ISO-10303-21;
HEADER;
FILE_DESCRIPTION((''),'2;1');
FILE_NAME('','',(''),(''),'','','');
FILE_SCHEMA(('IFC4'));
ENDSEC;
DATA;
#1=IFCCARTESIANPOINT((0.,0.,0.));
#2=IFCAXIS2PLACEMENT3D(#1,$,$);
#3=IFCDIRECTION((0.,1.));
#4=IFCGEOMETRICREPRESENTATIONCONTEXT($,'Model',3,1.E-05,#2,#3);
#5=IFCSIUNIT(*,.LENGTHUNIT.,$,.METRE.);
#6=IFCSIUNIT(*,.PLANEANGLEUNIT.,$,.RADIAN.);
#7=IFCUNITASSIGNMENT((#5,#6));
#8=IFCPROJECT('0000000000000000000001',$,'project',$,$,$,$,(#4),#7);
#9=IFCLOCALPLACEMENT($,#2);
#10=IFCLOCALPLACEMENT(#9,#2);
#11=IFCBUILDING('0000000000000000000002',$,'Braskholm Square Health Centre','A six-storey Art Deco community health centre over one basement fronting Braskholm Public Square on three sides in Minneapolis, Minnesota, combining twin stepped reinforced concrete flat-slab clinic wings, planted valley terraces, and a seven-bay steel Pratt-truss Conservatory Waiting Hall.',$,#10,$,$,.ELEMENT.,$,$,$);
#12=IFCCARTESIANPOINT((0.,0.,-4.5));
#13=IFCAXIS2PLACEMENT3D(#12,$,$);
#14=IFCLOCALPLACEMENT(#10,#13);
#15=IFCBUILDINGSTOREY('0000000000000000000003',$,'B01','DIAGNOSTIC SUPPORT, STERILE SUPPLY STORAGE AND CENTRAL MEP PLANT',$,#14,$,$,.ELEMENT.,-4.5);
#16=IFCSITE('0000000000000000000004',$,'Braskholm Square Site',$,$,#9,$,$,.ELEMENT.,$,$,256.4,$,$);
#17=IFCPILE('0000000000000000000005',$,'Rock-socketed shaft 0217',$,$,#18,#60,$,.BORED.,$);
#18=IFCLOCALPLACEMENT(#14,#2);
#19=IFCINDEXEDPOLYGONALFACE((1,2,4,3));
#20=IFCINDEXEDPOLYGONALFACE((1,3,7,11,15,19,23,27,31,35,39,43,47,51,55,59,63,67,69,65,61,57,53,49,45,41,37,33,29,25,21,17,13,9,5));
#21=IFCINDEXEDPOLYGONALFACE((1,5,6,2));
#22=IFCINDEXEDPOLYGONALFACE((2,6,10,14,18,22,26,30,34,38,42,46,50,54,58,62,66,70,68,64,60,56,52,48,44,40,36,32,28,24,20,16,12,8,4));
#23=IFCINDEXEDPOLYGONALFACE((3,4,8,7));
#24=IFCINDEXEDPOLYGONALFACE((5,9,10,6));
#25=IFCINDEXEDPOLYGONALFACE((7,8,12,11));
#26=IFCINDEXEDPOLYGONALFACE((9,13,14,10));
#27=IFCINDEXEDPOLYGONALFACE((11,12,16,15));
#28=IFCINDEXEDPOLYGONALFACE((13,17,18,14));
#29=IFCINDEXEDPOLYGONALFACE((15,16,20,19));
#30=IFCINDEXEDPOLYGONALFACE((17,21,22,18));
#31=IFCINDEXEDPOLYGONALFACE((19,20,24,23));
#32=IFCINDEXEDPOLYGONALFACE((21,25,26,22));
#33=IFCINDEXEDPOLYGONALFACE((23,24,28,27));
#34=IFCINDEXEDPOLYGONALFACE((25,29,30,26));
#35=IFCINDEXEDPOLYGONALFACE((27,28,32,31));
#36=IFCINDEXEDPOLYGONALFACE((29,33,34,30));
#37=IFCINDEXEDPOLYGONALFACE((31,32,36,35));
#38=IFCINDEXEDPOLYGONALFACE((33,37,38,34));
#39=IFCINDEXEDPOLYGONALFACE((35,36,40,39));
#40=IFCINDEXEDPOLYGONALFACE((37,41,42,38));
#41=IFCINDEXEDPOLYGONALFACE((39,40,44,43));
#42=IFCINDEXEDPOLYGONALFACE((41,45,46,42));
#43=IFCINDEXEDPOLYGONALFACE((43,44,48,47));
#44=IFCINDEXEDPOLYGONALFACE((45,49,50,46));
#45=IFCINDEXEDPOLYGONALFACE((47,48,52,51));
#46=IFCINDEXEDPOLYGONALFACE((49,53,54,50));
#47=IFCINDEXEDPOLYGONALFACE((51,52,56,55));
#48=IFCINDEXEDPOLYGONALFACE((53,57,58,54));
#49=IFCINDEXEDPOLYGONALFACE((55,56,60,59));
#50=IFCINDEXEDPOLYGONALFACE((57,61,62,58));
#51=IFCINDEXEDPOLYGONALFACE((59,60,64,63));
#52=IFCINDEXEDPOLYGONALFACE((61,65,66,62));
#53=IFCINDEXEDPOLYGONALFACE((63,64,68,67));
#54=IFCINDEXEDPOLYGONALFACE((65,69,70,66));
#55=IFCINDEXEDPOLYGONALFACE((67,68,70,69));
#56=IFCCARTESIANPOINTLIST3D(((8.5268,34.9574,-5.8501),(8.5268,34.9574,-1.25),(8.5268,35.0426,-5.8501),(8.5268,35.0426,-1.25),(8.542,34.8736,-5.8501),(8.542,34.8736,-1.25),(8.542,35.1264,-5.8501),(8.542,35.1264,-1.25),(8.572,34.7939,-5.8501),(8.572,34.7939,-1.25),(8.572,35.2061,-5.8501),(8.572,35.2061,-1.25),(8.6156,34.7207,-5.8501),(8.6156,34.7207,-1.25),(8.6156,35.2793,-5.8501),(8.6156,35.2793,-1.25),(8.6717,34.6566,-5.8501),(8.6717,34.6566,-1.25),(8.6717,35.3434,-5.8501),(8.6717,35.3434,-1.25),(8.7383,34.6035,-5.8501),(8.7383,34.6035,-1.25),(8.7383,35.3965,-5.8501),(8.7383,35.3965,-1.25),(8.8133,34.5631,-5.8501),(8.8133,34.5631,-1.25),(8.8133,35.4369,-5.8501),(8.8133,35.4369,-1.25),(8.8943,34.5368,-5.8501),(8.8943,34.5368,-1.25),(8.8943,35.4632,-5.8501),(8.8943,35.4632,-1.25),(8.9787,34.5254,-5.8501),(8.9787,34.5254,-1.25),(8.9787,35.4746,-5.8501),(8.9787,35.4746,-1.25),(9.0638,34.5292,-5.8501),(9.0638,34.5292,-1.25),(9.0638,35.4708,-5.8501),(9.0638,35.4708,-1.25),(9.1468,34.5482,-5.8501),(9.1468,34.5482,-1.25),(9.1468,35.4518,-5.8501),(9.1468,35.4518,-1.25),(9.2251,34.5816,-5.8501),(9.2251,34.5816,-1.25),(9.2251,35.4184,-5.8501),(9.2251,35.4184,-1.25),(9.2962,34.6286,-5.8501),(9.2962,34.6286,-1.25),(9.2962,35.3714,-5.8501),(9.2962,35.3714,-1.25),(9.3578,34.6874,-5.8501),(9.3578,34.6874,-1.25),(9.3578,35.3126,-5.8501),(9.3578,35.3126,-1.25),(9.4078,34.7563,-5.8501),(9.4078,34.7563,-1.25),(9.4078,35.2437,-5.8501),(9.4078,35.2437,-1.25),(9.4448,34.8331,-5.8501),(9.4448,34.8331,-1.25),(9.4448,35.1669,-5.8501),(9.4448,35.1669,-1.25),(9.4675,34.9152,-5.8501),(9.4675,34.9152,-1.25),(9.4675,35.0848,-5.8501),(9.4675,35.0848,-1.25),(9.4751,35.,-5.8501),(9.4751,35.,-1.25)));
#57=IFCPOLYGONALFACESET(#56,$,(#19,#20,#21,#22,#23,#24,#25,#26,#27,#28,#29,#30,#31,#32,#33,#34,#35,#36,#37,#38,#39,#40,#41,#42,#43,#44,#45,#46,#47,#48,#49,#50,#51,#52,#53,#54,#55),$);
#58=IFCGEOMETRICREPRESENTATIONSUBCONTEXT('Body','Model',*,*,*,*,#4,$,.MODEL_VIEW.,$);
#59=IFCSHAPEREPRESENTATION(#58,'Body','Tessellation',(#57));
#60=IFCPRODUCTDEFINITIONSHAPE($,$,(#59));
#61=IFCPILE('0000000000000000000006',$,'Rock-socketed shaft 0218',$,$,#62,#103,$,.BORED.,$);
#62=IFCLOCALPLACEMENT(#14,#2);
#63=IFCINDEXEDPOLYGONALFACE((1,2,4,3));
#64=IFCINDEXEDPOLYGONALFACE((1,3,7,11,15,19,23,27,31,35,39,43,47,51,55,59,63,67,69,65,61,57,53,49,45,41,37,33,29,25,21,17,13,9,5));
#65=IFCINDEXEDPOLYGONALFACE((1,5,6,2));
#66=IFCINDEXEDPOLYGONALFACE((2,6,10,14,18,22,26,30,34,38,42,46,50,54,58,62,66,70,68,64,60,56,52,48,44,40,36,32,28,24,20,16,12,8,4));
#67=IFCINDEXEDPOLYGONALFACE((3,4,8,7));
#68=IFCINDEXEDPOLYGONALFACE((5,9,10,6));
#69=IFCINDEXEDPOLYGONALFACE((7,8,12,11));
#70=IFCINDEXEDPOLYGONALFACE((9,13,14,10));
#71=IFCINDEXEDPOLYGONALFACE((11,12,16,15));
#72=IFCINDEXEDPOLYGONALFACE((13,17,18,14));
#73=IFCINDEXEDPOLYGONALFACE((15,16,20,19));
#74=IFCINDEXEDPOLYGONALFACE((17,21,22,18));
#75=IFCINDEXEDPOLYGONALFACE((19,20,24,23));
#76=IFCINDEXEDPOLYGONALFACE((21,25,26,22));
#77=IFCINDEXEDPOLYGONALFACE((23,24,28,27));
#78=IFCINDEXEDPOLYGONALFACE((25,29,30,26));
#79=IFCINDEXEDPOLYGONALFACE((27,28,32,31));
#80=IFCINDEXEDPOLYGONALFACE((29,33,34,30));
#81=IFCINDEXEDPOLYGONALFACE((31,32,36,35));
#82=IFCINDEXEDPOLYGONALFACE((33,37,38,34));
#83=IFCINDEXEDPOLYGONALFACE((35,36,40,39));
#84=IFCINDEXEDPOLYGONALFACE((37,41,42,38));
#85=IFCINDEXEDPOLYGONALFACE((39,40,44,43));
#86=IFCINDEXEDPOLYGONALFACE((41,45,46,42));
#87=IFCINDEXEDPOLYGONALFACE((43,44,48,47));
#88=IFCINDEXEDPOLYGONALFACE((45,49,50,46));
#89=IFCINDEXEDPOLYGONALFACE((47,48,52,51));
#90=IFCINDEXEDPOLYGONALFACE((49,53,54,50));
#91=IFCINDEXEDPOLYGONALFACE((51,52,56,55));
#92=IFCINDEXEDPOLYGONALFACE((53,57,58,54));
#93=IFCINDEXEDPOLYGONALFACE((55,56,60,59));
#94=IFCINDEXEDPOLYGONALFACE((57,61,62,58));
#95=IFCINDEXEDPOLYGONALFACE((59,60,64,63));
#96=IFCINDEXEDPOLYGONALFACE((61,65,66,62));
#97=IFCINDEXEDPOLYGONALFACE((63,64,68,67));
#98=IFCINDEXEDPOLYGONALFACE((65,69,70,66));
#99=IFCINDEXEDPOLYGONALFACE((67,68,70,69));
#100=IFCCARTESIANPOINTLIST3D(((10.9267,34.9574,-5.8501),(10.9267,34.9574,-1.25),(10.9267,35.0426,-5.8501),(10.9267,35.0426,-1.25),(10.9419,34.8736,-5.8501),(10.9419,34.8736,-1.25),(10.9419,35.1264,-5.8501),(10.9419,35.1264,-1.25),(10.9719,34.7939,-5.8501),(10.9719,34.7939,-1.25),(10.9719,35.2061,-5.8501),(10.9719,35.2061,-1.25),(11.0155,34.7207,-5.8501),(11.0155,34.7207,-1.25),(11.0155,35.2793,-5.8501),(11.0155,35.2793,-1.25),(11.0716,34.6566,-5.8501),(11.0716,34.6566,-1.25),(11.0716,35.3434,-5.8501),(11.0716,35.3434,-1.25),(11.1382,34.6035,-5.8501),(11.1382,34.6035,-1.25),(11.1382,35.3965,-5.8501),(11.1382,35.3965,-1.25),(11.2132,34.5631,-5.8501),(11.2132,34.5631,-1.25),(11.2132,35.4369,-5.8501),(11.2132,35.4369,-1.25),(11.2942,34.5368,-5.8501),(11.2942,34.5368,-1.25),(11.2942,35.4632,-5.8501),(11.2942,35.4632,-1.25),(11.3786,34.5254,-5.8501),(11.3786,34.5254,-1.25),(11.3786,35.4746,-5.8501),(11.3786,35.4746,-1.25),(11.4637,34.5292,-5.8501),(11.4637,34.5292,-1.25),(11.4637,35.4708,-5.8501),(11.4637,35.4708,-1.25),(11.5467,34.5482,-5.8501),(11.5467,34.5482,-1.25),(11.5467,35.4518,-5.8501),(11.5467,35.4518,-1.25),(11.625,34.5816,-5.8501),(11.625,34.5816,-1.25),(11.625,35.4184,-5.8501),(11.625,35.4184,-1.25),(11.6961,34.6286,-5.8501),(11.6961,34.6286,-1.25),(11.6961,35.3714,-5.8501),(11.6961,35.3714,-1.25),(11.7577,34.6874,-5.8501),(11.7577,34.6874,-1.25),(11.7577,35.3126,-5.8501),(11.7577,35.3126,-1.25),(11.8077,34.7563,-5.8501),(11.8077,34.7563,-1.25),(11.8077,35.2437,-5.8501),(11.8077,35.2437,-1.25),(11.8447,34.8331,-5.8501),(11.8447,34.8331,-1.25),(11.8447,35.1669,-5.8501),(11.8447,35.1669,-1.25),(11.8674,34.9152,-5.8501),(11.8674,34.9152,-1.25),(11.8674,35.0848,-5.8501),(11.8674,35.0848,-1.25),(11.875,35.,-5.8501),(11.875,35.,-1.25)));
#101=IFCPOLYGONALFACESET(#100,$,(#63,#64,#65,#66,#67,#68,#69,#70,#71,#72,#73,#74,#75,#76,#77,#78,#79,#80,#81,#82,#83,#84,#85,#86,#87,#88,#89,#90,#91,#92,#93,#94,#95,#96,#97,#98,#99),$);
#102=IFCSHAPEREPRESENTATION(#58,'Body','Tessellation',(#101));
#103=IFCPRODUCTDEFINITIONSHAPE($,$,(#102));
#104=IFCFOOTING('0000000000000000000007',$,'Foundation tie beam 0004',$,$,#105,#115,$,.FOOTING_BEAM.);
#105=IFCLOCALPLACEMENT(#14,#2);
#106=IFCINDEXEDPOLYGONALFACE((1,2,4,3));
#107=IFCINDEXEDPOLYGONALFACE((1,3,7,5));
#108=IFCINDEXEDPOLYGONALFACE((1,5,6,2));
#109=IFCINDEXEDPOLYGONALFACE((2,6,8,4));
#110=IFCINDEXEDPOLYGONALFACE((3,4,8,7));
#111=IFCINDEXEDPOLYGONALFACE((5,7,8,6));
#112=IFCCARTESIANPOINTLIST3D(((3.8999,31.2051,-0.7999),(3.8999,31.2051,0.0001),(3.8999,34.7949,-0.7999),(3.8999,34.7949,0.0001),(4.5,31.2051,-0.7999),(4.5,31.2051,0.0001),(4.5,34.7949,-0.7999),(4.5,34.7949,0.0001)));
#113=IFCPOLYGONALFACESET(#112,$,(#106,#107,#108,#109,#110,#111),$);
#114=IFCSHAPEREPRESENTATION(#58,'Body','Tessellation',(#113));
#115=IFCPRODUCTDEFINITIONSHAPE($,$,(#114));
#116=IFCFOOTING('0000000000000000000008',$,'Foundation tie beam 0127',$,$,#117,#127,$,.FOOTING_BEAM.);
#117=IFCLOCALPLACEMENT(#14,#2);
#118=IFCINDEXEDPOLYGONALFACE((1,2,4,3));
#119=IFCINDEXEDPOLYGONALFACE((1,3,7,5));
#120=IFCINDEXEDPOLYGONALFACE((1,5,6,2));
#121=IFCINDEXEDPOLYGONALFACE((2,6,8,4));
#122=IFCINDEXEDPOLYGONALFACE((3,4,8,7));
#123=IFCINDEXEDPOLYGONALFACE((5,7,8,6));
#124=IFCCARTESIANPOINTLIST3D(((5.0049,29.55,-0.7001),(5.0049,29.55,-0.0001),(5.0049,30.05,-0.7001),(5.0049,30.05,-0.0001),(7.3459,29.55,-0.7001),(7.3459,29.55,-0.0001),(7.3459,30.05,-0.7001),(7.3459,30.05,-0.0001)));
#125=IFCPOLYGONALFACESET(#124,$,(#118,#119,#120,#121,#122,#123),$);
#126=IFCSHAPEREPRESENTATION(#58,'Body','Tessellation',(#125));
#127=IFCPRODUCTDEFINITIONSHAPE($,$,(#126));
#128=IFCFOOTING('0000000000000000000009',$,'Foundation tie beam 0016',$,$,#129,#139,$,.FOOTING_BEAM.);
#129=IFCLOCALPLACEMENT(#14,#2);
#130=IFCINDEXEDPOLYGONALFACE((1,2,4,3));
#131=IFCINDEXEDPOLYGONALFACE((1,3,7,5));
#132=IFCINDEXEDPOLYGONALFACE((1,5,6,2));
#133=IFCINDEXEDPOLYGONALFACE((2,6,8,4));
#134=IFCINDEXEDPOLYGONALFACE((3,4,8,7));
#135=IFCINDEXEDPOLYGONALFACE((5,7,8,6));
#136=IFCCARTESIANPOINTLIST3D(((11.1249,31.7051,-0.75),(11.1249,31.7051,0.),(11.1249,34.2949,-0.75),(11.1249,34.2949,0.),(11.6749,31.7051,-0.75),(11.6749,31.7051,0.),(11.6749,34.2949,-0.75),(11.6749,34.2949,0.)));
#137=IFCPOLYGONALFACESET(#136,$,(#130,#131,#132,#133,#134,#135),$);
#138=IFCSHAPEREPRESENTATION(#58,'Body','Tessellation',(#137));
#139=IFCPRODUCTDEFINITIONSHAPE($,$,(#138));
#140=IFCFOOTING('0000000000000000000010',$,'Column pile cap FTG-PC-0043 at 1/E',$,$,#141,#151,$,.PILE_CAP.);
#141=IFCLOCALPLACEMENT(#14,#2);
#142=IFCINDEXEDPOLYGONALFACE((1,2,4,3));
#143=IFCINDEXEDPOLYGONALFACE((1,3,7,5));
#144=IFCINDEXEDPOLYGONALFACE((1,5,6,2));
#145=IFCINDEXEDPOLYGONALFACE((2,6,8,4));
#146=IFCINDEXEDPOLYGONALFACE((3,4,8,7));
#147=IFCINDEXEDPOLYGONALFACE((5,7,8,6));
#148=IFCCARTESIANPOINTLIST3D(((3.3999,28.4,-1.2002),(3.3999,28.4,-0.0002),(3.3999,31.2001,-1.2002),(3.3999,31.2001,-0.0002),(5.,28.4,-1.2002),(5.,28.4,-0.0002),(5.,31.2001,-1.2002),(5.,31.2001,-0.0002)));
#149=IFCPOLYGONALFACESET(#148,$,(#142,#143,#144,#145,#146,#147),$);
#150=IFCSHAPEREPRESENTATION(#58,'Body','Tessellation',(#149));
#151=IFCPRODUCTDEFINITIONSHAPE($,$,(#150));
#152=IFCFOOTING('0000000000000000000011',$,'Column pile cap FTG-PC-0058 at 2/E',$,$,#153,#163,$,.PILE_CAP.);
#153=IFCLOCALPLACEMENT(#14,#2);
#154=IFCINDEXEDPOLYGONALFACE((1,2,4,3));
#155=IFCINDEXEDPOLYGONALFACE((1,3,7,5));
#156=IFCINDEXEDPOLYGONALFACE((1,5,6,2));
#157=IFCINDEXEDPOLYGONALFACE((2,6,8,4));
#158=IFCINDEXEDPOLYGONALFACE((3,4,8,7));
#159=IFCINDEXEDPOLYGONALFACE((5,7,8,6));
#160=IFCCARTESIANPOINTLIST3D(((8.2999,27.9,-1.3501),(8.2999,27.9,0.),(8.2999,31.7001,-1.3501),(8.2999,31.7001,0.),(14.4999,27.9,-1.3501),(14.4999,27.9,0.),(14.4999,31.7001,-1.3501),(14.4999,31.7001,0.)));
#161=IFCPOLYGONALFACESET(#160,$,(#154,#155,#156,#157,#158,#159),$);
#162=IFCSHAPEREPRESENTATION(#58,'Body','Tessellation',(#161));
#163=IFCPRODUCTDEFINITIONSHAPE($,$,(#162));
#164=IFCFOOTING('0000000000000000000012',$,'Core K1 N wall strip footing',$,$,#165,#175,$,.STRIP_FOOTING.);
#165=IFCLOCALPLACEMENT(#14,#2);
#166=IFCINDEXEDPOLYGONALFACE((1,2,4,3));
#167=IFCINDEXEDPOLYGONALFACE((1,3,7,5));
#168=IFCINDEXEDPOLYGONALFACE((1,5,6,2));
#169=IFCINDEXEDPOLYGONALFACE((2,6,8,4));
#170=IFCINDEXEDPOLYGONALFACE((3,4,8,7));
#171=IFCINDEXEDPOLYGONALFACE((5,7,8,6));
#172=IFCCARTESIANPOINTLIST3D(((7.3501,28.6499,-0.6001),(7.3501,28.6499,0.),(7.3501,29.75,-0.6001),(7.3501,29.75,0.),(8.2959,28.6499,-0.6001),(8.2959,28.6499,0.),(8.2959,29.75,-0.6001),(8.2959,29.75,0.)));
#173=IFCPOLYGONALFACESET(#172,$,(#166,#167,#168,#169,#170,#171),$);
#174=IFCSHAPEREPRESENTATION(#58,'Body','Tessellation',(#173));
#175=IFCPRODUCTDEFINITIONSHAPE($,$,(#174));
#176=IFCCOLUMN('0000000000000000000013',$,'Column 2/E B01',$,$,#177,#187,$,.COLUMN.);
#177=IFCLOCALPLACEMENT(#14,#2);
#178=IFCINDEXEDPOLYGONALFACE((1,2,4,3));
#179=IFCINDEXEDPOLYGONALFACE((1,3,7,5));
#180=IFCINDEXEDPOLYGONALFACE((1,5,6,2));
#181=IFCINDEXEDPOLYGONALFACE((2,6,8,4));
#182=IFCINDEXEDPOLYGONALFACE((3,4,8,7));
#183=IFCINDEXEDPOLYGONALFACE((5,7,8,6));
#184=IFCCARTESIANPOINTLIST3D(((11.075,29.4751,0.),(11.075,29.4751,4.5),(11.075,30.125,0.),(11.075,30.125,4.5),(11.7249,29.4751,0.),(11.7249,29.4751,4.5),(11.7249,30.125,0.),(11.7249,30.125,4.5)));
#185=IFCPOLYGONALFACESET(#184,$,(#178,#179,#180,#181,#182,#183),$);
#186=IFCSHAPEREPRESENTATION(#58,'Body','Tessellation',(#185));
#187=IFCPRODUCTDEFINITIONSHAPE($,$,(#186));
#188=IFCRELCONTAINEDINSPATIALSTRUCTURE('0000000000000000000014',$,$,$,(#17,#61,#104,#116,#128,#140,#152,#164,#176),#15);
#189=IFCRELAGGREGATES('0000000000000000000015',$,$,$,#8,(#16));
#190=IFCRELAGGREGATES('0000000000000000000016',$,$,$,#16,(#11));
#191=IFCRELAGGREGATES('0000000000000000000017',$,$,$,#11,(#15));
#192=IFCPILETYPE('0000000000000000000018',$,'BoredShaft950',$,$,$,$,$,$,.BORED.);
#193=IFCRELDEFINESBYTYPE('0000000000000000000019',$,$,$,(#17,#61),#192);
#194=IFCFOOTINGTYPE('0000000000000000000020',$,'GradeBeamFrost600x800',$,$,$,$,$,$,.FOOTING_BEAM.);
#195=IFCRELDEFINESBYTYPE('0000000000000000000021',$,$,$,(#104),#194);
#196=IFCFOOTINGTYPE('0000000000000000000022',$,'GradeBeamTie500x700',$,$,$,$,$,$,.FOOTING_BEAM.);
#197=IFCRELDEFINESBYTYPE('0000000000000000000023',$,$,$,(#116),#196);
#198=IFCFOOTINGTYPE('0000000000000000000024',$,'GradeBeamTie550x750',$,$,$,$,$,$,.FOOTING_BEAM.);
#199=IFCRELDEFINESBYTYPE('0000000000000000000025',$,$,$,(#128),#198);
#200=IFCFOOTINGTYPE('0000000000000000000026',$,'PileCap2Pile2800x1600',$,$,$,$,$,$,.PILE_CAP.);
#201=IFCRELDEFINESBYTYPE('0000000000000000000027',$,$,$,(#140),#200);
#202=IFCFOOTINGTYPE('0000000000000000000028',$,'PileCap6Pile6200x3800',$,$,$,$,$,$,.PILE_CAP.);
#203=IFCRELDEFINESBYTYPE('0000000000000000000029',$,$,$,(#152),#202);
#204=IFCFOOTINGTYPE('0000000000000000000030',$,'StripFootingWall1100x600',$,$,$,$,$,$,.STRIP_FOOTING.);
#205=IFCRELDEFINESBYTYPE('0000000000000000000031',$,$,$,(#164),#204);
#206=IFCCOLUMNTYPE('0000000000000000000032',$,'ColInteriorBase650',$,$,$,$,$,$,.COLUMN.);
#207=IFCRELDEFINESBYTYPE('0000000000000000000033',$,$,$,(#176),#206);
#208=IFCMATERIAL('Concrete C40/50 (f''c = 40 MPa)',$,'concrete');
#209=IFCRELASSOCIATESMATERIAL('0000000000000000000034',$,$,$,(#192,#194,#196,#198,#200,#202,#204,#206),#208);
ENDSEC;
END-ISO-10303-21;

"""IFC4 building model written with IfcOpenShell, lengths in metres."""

from ifc_helpers import new_model, si_unit, direction, frame, origin, origin_2d, place, context, subcontext, project, spatial, rectangle, circle, extrude, material, material_profile, profile_set, type_object, element, save


model = new_model("IFC4")

# Units and contexts
model_context = context("Model", 3, precision=1e-05, world=origin(), true_north=direction((0.0, 1.0)))
body_context = subcontext(model_context, "Body", "Model", "MODEL_VIEW")
ifc_project = project(units=[si_unit("LENGTHUNIT", "METRE"), si_unit("PLANEANGLEUNIT", "RADIAN")], contexts=[model_context])

# Site, building, storey
site_placement = place(None, origin())
site = spatial("IfcSite", under=ifc_project, at=site_placement, Name="Braskholm Square Site", CompositionType="ELEMENT", RefElevation=256.4)
building_placement = place(site_placement, origin())
building = spatial("IfcBuilding", under=site, at=building_placement, Name="Braskholm Square Health Centre", Description="A six-storey Art Deco community health centre over one basement fronting Braskholm Public Square on three sides in Minneapolis, Minnesota, combining twin stepped reinforced concrete flat-slab clinic wings, planted valley terraces, and a seven-bay steel Pratt-truss Conservatory Waiting Hall.", CompositionType="ELEMENT")
storey_placement = place(building_placement, frame((0.0, 0.0, -4.5)))
storey = spatial("IfcBuildingStorey", under=building, at=storey_placement, Name="B01", Description="DIAGNOSTIC SUPPORT, STERILE SUPPLY STORAGE AND CENTRAL MEP PLANT", CompositionType="ELEMENT", Elevation=-4.5)

# Piles
ifc_material_1 = material(Name="Concrete C40/50 (f'c = 40 MPa)", Category="concrete")
ifc_material_profile_1 = material_profile(ifc_material_1, circle(Radius=0.4751, at=origin_2d()), Name="BORED-PILE-950")
ifc_profile_set_1 = profile_set([ifc_material_profile_1], Name="Concrete C40/50 (f'c = 40 MPa)")
pile_type_1 = type_object("IfcPileType", Name="BoredShaft950", PredefinedType="BORED", material=ifc_profile_set_1)
for number, where, z_axis, x_axis, name in (
    (1, (9.0, 35.0, -1.25), (0.0, 0.0, -1.0), (1.0, 0.0, 0.0), "Rock-socketed shaft 0217"),
    (2, (11.3999, 35.0, -1.25), (0.0, 0.0, -1.0), (1.0, 0.0, 0.0), "Rock-socketed shaft 0218"),
):
    element("IfcPile", number, at=place(storey_placement, frame(where, z_axis=z_axis, x_axis=x_axis)), inside=storey, type_object=pile_type_1, Name=name, PredefinedType="BORED", context=body_context, shape_type="SweptSolid", body=[
        extrude(circle(Radius=0.4751, at=origin_2d()), origin(), (0.0, 0.0, 1.0), 4.6001),
    ])

# Footings
ifc_material_profile_2 = material_profile(ifc_material_1, rectangle(XDim=0.6001, YDim=0.8, at=origin_2d()), Name="FTG-600X800")
ifc_profile_set_2 = profile_set([ifc_material_profile_2], Name="Concrete C40/50 (f'c = 40 MPa)")
footing_type_1 = type_object("IfcFootingType", Name="GradeBeamFrost600x800", PredefinedType="FOOTING_BEAM", material=ifc_profile_set_2)
footing_1_placement = place(storey_placement, frame((4.2, 31.2051, -0.3999), z_axis=(0.0, 1.0, 0.0), x_axis=(-1.0, 0.0, 0.0)))
element("IfcFooting", 3, at=footing_1_placement, inside=storey, type_object=footing_type_1, Name="Foundation tie beam 0004", PredefinedType="FOOTING_BEAM", context=body_context, shape_type="SweptSolid", body=[
    extrude(rectangle(XDim=0.6001, YDim=0.8, at=origin_2d()), origin(), (0.0, 0.0, 1.0), 3.5898),
])
ifc_material_profile_3 = material_profile(ifc_material_1, rectangle(XDim=0.5, YDim=0.7, at=origin_2d()), Name="FTG-500X700")
ifc_profile_set_3 = profile_set([ifc_material_profile_3], Name="Concrete C40/50 (f'c = 40 MPa)")
footing_type_2 = type_object("IfcFootingType", Name="GradeBeamTie500x700", PredefinedType="FOOTING_BEAM", material=ifc_profile_set_3)
footing_2_placement = place(storey_placement, frame((5.0049, 29.8, -0.3501), z_axis=(1.0, 0.0, 0.0), x_axis=(0.0, 1.0, 0.0)))
element("IfcFooting", 4, at=footing_2_placement, inside=storey, type_object=footing_type_2, Name="Foundation tie beam 0127", PredefinedType="FOOTING_BEAM", context=body_context, shape_type="SweptSolid", body=[
    extrude(rectangle(XDim=0.5, YDim=0.7, at=origin_2d()), origin(), (0.0, 0.0, 1.0), 2.3411),
])
ifc_material_profile_4 = material_profile(ifc_material_1, rectangle(XDim=0.55, YDim=0.75, at=origin_2d()), Name="FTG-550X750")
ifc_profile_set_4 = profile_set([ifc_material_profile_4], Name="Concrete C40/50 (f'c = 40 MPa)")
footing_type_3 = type_object("IfcFootingType", Name="GradeBeamTie550x750", PredefinedType="FOOTING_BEAM", material=ifc_profile_set_4)
footing_3_placement = place(storey_placement, frame((11.3999, 31.7051, -0.375), z_axis=(0.0, 1.0, 0.0), x_axis=(-1.0, 0.0, 0.0)))
element("IfcFooting", 5, at=footing_3_placement, inside=storey, type_object=footing_type_3, Name="Foundation tie beam 0016", PredefinedType="FOOTING_BEAM", context=body_context, shape_type="SweptSolid", body=[
    extrude(rectangle(XDim=0.55, YDim=0.75, at=origin_2d()), origin(), (0.0, 0.0, 1.0), 2.5898),
])
footing_type_4 = type_object("IfcFootingType", Name="PileCap2Pile2800x1600", PredefinedType="PILE_CAP", material=ifc_material_1)
footing_4_placement = place(storey_placement, frame((4.2, 29.8, -1.2002), z_axis=(0.0, 0.0, 1.0), x_axis=(0.0, 1.0, 0.0)))
element("IfcFooting", 6, at=footing_4_placement, inside=storey, type_object=footing_type_4, Name="Column pile cap FTG-PC-0043 at 1/E", PredefinedType="PILE_CAP", context=body_context, shape_type="SweptSolid", body=[
    extrude(rectangle(XDim=2.8, YDim=1.6001, at=origin_2d()), origin(), (0.0, 0.0, 1.0), 1.2),
])
footing_type_5 = type_object("IfcFootingType", Name="PileCap6Pile6200x3800", PredefinedType="PILE_CAP", material=ifc_material_1)
footing_5_placement = place(storey_placement, frame((11.3999, 29.8, -1.3501), z_axis=(0.0, 0.0, 1.0), x_axis=(1.0, 0.0, 0.0)))
element("IfcFooting", 7, at=footing_5_placement, inside=storey, type_object=footing_type_5, Name="Column pile cap FTG-PC-0058 at 2/E", PredefinedType="PILE_CAP", context=body_context, shape_type="SweptSolid", body=[
    extrude(rectangle(XDim=6.2, YDim=3.8, at=origin_2d()), origin(), (0.0, 0.0, 1.0), 1.3501),
])
ifc_material_profile_5 = material_profile(ifc_material_1, rectangle(XDim=1.1001, YDim=0.6001, at=origin_2d()), Name="FTG-1100X600")
ifc_profile_set_5 = profile_set([ifc_material_profile_5], Name="Concrete C40/50 (f'c = 40 MPa)")
footing_type_6 = type_object("IfcFootingType", Name="StripFootingWall1100x600", PredefinedType="STRIP_FOOTING", material=ifc_profile_set_5)
footing_6_placement = place(storey_placement, frame((7.3501, 29.2, -0.3), z_axis=(1.0, 0.0, 0.0), x_axis=(0.0, 1.0, 0.0)))
element("IfcFooting", 8, at=footing_6_placement, inside=storey, type_object=footing_type_6, Name="Core K1 N wall strip footing", PredefinedType="STRIP_FOOTING", context=body_context, shape_type="SweptSolid", body=[
    extrude(rectangle(XDim=1.1001, YDim=0.6001, at=origin_2d()), origin(), (0.0, 0.0, 1.0), 0.9458),
])

# Column
ifc_material_profile_6 = material_profile(ifc_material_1, rectangle(XDim=0.6499, YDim=0.6499, at=origin_2d()), Name="RC-650X650")
ifc_profile_set_6 = profile_set([ifc_material_profile_6], Name="Concrete C40/50 (f'c = 40 MPa)")
column_type_1 = type_object("IfcColumnType", Name="ColInteriorBase650", PredefinedType="COLUMN", material=ifc_profile_set_6)
column_1_placement = place(storey_placement, frame((11.3999, 29.8, 0.0), z_axis=(0.0, 0.0, 1.0), x_axis=(1.0, 0.0, 0.0)))
element("IfcColumn", 9, at=column_1_placement, inside=storey, type_object=column_type_1, Name="Column 2/E B01", PredefinedType="COLUMN", context=body_context, shape_type="SweptSolid", body=[
    extrude(rectangle(XDim=0.6499, YDim=0.6499, at=origin_2d()), origin(), (0.0, 0.0, 1.0), 4.5),
])

save(model, "model.ifc")
